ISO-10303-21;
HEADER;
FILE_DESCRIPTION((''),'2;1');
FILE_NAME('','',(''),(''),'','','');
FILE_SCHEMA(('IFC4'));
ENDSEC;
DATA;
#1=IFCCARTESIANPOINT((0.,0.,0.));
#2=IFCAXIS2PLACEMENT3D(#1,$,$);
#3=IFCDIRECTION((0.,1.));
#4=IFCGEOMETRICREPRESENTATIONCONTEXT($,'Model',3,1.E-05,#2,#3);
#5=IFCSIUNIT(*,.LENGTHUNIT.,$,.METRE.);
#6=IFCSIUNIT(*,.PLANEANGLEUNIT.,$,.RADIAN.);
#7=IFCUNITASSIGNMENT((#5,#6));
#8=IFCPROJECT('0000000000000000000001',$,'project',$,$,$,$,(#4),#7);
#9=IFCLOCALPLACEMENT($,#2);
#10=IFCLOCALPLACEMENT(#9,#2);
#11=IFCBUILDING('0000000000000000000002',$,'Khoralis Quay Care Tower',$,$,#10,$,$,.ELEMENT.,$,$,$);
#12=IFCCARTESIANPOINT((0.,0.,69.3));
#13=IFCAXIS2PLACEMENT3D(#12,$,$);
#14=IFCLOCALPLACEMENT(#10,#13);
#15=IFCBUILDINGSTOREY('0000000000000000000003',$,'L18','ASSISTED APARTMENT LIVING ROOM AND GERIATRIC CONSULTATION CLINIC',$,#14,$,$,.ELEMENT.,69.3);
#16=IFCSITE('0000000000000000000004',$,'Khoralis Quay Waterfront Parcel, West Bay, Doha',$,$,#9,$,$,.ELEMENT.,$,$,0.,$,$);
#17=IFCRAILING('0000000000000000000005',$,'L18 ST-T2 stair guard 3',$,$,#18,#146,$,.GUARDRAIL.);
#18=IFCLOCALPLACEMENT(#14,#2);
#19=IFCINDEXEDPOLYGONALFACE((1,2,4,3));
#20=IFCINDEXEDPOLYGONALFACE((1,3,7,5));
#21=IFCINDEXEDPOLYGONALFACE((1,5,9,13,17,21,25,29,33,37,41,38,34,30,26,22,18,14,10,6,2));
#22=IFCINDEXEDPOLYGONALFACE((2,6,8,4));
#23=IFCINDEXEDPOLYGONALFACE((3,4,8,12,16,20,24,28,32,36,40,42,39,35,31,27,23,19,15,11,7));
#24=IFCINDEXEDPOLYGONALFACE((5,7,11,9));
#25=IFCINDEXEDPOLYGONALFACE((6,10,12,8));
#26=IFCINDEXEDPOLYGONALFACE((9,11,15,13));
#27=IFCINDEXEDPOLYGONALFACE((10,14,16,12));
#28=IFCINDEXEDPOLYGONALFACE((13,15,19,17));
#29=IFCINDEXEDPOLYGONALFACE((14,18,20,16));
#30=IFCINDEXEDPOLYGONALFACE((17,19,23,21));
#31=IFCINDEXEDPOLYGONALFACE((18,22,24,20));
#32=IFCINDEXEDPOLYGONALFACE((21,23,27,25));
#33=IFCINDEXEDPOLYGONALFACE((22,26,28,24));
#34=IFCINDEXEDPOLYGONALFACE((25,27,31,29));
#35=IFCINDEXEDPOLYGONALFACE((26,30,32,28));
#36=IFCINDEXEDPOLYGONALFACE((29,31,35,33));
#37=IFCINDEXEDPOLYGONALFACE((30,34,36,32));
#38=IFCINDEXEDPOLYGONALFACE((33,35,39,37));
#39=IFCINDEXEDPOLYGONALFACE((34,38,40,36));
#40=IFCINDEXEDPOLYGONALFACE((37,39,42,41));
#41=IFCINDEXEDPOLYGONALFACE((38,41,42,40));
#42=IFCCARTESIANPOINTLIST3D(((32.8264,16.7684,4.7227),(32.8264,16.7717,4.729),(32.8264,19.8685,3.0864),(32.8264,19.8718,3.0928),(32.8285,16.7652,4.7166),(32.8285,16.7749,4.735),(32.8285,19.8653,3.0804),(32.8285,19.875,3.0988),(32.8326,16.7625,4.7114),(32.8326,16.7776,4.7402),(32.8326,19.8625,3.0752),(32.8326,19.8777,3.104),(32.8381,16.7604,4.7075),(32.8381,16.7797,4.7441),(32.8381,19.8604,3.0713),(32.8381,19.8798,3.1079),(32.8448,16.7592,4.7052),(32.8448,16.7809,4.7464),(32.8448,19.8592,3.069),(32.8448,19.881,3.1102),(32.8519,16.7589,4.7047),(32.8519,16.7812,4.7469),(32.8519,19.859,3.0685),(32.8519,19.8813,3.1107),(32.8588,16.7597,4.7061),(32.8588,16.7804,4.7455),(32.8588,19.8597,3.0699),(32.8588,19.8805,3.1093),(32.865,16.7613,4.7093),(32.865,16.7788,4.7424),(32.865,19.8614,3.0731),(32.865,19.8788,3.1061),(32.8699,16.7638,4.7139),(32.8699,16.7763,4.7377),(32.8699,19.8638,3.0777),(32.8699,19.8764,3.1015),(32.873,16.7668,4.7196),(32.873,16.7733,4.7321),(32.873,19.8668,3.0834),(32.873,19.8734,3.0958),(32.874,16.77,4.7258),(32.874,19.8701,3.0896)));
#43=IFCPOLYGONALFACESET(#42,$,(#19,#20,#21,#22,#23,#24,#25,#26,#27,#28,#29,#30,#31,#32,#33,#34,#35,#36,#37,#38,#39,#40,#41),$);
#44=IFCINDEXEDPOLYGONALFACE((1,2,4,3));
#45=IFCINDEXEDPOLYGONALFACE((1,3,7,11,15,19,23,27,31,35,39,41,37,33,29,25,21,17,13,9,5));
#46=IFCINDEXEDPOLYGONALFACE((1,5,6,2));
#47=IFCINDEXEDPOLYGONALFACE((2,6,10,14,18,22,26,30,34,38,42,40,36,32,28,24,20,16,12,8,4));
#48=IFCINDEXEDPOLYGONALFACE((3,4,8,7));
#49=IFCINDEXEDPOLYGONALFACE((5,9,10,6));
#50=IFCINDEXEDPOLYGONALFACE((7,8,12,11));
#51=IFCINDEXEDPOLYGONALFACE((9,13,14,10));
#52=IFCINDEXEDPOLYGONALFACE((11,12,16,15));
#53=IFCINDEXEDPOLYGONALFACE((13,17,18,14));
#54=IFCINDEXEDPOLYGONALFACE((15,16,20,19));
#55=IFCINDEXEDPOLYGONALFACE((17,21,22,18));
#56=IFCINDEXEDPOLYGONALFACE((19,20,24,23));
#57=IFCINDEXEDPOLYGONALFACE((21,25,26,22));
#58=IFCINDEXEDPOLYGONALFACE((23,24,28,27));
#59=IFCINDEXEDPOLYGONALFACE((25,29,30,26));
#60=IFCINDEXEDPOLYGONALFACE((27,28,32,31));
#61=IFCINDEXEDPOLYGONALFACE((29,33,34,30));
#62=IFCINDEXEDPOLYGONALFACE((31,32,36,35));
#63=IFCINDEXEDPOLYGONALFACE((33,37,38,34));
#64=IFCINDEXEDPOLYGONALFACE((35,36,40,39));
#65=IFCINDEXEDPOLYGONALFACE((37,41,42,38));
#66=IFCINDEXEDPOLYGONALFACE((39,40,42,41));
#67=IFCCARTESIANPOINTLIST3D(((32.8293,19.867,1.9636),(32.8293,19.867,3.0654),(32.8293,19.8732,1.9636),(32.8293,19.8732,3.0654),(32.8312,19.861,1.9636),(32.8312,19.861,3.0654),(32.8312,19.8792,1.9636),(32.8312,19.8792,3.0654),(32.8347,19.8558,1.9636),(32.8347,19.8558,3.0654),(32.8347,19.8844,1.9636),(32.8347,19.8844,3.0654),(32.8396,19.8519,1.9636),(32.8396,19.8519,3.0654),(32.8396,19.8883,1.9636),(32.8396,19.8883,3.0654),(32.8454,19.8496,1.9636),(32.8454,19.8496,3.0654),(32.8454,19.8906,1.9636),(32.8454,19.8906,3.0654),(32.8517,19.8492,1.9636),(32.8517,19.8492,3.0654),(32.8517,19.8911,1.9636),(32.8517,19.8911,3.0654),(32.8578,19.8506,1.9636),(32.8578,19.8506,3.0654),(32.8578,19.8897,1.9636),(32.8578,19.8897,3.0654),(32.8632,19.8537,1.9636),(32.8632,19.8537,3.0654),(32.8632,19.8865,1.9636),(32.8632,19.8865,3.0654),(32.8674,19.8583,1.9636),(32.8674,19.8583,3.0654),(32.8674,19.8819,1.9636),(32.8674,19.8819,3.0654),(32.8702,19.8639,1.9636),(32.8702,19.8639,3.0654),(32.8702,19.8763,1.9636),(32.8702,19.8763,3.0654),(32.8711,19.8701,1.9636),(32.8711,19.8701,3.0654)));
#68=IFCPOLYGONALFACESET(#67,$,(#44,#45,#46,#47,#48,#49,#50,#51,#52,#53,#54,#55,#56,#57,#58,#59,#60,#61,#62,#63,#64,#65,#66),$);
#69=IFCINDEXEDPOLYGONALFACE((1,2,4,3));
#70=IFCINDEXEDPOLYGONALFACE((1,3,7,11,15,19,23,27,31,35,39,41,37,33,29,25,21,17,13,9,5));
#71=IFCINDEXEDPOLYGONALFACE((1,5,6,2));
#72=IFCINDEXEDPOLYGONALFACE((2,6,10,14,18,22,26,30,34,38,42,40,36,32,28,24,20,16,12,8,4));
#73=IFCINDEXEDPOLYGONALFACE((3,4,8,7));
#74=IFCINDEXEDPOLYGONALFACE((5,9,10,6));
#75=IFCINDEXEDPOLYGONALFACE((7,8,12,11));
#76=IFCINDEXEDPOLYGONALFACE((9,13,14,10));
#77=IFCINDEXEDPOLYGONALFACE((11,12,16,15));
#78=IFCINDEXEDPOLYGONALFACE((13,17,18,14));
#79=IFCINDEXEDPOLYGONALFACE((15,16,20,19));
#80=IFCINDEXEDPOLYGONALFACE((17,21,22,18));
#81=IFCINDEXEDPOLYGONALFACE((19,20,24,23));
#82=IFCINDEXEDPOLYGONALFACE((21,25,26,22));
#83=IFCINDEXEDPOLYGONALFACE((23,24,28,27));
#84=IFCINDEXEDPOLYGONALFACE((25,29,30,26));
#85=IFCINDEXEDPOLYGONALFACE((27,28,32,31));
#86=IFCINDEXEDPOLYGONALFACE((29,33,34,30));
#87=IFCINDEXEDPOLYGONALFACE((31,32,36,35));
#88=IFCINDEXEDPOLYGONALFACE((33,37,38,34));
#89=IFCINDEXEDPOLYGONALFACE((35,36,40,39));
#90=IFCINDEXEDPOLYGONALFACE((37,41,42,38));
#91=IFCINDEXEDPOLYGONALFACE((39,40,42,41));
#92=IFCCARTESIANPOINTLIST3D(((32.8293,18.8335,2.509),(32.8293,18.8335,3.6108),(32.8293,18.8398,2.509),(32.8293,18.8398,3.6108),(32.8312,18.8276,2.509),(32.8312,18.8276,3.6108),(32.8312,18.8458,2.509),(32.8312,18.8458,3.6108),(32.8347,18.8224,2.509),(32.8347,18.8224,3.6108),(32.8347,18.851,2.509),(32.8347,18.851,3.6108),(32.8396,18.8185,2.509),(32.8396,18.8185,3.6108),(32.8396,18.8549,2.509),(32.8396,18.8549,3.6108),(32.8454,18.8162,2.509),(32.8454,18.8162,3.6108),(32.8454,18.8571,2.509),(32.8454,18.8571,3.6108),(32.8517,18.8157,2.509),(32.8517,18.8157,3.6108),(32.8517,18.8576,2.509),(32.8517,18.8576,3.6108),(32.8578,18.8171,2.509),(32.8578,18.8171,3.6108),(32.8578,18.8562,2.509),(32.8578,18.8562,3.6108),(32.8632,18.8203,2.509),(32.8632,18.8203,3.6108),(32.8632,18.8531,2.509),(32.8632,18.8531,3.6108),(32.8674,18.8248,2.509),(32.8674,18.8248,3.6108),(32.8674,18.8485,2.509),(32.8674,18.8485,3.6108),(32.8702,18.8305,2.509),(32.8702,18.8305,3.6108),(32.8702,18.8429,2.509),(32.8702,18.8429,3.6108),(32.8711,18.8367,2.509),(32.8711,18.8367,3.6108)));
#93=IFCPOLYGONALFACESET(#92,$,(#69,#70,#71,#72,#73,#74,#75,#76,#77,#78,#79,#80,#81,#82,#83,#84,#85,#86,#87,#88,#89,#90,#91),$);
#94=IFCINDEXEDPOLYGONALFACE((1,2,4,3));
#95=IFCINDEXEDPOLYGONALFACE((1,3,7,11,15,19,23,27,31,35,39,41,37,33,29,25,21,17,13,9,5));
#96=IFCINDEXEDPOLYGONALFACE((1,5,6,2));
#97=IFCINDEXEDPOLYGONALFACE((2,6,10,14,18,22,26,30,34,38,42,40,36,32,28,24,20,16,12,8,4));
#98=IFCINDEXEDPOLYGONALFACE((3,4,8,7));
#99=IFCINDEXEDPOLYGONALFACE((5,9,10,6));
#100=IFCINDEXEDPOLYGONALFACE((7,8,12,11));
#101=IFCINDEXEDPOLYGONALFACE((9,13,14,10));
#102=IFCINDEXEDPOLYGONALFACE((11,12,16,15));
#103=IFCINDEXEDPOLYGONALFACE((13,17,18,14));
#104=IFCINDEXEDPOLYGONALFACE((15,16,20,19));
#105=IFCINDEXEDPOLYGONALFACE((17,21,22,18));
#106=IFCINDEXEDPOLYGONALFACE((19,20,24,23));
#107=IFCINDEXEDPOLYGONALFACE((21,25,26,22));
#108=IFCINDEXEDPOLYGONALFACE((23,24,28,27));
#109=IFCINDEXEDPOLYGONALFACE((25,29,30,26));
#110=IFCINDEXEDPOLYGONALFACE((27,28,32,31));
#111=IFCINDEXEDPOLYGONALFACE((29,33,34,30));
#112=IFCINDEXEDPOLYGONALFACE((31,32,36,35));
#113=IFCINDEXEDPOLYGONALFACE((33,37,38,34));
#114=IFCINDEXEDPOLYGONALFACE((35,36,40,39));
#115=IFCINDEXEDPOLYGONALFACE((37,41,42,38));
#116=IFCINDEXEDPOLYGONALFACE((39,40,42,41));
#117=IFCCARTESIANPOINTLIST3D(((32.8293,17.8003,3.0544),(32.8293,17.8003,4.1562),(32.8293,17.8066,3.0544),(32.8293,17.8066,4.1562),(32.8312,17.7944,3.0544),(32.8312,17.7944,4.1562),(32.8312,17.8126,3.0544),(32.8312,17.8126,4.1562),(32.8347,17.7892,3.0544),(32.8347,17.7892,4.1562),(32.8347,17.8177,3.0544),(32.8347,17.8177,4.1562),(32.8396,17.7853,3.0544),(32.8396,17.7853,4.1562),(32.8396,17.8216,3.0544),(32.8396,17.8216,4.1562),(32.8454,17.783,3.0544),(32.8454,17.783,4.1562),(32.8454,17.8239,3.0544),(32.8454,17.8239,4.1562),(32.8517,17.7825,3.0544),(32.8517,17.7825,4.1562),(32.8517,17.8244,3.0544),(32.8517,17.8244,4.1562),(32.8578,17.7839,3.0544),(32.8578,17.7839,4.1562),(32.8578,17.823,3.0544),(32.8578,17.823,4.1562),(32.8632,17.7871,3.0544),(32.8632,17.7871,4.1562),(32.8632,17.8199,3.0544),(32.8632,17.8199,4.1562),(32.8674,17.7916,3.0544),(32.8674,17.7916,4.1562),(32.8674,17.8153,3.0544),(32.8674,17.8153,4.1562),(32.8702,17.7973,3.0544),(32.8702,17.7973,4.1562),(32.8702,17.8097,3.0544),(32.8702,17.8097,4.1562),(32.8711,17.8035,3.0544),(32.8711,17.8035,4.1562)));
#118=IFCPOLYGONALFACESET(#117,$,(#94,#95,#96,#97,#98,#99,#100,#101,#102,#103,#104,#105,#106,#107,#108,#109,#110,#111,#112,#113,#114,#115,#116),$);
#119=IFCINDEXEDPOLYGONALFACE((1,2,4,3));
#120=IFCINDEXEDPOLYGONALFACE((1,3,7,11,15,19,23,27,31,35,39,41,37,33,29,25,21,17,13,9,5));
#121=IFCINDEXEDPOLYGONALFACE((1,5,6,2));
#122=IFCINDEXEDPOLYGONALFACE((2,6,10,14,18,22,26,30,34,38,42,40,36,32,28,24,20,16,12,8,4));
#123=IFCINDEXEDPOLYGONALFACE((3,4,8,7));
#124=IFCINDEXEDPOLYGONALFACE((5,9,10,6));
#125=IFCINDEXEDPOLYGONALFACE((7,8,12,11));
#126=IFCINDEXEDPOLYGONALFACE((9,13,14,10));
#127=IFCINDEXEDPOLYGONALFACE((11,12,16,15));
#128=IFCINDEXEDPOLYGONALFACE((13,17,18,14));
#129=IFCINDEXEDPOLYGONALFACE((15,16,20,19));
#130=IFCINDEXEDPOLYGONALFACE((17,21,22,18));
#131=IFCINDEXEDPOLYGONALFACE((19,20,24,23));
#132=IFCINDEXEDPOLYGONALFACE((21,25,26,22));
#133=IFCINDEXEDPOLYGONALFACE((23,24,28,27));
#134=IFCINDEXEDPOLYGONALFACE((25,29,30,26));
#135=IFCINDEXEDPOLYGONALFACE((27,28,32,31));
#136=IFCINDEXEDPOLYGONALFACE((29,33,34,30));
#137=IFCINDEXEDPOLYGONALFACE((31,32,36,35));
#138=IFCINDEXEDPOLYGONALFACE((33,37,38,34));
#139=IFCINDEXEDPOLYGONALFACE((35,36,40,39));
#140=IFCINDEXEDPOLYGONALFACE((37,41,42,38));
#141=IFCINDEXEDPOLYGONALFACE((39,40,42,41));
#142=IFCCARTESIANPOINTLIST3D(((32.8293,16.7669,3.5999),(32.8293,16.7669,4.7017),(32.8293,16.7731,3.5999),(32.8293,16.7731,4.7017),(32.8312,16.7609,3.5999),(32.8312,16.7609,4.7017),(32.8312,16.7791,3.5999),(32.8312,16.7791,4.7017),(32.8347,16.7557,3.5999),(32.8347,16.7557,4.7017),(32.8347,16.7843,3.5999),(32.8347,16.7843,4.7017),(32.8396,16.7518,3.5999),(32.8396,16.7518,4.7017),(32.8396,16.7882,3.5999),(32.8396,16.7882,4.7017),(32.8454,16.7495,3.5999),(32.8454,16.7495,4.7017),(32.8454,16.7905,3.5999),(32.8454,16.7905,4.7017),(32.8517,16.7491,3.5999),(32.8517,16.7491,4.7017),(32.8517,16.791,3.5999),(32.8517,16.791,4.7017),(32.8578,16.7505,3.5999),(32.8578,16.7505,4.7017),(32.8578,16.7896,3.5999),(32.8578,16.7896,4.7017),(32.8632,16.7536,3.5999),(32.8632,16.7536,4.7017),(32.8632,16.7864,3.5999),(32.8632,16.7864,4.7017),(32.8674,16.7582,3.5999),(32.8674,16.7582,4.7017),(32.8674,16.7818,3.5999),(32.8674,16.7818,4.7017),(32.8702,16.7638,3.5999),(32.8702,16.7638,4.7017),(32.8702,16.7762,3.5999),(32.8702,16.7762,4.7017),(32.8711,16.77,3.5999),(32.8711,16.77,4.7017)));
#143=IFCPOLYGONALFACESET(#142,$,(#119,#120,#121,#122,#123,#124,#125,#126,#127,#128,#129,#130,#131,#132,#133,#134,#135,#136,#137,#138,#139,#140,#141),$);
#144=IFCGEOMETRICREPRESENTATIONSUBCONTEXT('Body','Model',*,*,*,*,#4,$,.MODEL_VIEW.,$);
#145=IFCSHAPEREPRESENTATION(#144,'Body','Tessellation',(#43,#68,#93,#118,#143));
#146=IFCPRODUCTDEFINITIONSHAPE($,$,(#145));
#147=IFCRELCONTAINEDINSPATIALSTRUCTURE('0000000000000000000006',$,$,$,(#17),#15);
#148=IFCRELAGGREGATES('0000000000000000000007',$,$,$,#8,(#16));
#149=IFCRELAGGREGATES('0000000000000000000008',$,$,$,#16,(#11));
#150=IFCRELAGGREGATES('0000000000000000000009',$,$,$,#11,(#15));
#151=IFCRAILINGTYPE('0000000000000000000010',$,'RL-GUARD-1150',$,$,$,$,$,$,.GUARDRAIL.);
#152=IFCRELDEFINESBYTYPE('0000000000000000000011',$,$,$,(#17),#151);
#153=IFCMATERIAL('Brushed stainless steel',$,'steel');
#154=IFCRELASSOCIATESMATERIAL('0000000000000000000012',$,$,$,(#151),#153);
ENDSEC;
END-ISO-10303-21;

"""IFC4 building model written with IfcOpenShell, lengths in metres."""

from ifc_helpers import new_model, si_unit, direction, frame, origin, origin_2d, place, context, subcontext, project, spatial, circle, extrude, material, type_object, element, save


model = new_model("IFC4")

# Units and contexts
model_context = context("Model", 3, precision=1e-05, world=origin(), true_north=direction((0.0, 1.0)))
body_context = subcontext(model_context, "Body", "Model", "MODEL_VIEW")
ifc_project = project(units=[si_unit("LENGTHUNIT", "METRE"), si_unit("PLANEANGLEUNIT", "RADIAN")], contexts=[model_context])

# Site, building, storey
site_placement = place(None, origin())
site = spatial("IfcSite", under=ifc_project, at=site_placement, Name="Khoralis Quay Waterfront Parcel, West Bay, Doha", CompositionType="ELEMENT", RefElevation=0.0)
building_placement = place(site_placement, origin())
building = spatial("IfcBuilding", under=site, at=building_placement, Name="Khoralis Quay Care Tower", CompositionType="ELEMENT")
storey_placement = place(building_placement, frame((0.0, 0.0, 69.3)))
storey = spatial("IfcBuildingStorey", under=building, at=storey_placement, Name="L18", Description="ASSISTED APARTMENT LIVING ROOM AND GERIATRIC CONSULTATION CLINIC", CompositionType="ELEMENT", Elevation=69.3)

# Shared definitions
ifc_material_1 = material(Name="Brushed stainless steel", Category="steel")

# Railing
railing_type_1 = type_object("IfcRailingType", Name="RL-GUARD-1150", PredefinedType="GUARDRAIL", material=ifc_material_1)
railing_1_placement = place(storey_placement, frame((32.8501, 19.8701, 1.9636)))
element("IfcRailing", 1, at=railing_1_placement, inside=storey, type_object=railing_type_1, Name="L18 ST-T2 stair guard 3", PredefinedType="GUARDRAIL", context=body_context, shape_type="SweptSolid", body=[
    extrude(circle(Radius=0.0239, at=origin_2d()), frame((0.0, 0.0, 1.126), z_axis=(0.0, -0.884377, 0.466774), x_axis=(1.0, 0.0, 0.0)), (0.0, 0.0, 1.0), 3.5054),
    extrude(circle(Radius=0.021, at=origin_2d()), origin(), (0.0, 0.0, 1.0), 1.1018),
    extrude(circle(Radius=0.021, at=origin_2d()), frame((0.0, -1.0334, 0.5454)), (0.0, 0.0, 1.0), 1.1018),
    extrude(circle(Radius=0.021, at=origin_2d()), frame((0.0, -2.0667, 1.0908)), (0.0, 0.0, 1.0), 1.1018),
    extrude(circle(Radius=0.021, at=origin_2d()), frame((0.0, -3.1001, 1.6362)), (0.0, 0.0, 1.0), 1.1018),
])

save(model, "model.ifc")
